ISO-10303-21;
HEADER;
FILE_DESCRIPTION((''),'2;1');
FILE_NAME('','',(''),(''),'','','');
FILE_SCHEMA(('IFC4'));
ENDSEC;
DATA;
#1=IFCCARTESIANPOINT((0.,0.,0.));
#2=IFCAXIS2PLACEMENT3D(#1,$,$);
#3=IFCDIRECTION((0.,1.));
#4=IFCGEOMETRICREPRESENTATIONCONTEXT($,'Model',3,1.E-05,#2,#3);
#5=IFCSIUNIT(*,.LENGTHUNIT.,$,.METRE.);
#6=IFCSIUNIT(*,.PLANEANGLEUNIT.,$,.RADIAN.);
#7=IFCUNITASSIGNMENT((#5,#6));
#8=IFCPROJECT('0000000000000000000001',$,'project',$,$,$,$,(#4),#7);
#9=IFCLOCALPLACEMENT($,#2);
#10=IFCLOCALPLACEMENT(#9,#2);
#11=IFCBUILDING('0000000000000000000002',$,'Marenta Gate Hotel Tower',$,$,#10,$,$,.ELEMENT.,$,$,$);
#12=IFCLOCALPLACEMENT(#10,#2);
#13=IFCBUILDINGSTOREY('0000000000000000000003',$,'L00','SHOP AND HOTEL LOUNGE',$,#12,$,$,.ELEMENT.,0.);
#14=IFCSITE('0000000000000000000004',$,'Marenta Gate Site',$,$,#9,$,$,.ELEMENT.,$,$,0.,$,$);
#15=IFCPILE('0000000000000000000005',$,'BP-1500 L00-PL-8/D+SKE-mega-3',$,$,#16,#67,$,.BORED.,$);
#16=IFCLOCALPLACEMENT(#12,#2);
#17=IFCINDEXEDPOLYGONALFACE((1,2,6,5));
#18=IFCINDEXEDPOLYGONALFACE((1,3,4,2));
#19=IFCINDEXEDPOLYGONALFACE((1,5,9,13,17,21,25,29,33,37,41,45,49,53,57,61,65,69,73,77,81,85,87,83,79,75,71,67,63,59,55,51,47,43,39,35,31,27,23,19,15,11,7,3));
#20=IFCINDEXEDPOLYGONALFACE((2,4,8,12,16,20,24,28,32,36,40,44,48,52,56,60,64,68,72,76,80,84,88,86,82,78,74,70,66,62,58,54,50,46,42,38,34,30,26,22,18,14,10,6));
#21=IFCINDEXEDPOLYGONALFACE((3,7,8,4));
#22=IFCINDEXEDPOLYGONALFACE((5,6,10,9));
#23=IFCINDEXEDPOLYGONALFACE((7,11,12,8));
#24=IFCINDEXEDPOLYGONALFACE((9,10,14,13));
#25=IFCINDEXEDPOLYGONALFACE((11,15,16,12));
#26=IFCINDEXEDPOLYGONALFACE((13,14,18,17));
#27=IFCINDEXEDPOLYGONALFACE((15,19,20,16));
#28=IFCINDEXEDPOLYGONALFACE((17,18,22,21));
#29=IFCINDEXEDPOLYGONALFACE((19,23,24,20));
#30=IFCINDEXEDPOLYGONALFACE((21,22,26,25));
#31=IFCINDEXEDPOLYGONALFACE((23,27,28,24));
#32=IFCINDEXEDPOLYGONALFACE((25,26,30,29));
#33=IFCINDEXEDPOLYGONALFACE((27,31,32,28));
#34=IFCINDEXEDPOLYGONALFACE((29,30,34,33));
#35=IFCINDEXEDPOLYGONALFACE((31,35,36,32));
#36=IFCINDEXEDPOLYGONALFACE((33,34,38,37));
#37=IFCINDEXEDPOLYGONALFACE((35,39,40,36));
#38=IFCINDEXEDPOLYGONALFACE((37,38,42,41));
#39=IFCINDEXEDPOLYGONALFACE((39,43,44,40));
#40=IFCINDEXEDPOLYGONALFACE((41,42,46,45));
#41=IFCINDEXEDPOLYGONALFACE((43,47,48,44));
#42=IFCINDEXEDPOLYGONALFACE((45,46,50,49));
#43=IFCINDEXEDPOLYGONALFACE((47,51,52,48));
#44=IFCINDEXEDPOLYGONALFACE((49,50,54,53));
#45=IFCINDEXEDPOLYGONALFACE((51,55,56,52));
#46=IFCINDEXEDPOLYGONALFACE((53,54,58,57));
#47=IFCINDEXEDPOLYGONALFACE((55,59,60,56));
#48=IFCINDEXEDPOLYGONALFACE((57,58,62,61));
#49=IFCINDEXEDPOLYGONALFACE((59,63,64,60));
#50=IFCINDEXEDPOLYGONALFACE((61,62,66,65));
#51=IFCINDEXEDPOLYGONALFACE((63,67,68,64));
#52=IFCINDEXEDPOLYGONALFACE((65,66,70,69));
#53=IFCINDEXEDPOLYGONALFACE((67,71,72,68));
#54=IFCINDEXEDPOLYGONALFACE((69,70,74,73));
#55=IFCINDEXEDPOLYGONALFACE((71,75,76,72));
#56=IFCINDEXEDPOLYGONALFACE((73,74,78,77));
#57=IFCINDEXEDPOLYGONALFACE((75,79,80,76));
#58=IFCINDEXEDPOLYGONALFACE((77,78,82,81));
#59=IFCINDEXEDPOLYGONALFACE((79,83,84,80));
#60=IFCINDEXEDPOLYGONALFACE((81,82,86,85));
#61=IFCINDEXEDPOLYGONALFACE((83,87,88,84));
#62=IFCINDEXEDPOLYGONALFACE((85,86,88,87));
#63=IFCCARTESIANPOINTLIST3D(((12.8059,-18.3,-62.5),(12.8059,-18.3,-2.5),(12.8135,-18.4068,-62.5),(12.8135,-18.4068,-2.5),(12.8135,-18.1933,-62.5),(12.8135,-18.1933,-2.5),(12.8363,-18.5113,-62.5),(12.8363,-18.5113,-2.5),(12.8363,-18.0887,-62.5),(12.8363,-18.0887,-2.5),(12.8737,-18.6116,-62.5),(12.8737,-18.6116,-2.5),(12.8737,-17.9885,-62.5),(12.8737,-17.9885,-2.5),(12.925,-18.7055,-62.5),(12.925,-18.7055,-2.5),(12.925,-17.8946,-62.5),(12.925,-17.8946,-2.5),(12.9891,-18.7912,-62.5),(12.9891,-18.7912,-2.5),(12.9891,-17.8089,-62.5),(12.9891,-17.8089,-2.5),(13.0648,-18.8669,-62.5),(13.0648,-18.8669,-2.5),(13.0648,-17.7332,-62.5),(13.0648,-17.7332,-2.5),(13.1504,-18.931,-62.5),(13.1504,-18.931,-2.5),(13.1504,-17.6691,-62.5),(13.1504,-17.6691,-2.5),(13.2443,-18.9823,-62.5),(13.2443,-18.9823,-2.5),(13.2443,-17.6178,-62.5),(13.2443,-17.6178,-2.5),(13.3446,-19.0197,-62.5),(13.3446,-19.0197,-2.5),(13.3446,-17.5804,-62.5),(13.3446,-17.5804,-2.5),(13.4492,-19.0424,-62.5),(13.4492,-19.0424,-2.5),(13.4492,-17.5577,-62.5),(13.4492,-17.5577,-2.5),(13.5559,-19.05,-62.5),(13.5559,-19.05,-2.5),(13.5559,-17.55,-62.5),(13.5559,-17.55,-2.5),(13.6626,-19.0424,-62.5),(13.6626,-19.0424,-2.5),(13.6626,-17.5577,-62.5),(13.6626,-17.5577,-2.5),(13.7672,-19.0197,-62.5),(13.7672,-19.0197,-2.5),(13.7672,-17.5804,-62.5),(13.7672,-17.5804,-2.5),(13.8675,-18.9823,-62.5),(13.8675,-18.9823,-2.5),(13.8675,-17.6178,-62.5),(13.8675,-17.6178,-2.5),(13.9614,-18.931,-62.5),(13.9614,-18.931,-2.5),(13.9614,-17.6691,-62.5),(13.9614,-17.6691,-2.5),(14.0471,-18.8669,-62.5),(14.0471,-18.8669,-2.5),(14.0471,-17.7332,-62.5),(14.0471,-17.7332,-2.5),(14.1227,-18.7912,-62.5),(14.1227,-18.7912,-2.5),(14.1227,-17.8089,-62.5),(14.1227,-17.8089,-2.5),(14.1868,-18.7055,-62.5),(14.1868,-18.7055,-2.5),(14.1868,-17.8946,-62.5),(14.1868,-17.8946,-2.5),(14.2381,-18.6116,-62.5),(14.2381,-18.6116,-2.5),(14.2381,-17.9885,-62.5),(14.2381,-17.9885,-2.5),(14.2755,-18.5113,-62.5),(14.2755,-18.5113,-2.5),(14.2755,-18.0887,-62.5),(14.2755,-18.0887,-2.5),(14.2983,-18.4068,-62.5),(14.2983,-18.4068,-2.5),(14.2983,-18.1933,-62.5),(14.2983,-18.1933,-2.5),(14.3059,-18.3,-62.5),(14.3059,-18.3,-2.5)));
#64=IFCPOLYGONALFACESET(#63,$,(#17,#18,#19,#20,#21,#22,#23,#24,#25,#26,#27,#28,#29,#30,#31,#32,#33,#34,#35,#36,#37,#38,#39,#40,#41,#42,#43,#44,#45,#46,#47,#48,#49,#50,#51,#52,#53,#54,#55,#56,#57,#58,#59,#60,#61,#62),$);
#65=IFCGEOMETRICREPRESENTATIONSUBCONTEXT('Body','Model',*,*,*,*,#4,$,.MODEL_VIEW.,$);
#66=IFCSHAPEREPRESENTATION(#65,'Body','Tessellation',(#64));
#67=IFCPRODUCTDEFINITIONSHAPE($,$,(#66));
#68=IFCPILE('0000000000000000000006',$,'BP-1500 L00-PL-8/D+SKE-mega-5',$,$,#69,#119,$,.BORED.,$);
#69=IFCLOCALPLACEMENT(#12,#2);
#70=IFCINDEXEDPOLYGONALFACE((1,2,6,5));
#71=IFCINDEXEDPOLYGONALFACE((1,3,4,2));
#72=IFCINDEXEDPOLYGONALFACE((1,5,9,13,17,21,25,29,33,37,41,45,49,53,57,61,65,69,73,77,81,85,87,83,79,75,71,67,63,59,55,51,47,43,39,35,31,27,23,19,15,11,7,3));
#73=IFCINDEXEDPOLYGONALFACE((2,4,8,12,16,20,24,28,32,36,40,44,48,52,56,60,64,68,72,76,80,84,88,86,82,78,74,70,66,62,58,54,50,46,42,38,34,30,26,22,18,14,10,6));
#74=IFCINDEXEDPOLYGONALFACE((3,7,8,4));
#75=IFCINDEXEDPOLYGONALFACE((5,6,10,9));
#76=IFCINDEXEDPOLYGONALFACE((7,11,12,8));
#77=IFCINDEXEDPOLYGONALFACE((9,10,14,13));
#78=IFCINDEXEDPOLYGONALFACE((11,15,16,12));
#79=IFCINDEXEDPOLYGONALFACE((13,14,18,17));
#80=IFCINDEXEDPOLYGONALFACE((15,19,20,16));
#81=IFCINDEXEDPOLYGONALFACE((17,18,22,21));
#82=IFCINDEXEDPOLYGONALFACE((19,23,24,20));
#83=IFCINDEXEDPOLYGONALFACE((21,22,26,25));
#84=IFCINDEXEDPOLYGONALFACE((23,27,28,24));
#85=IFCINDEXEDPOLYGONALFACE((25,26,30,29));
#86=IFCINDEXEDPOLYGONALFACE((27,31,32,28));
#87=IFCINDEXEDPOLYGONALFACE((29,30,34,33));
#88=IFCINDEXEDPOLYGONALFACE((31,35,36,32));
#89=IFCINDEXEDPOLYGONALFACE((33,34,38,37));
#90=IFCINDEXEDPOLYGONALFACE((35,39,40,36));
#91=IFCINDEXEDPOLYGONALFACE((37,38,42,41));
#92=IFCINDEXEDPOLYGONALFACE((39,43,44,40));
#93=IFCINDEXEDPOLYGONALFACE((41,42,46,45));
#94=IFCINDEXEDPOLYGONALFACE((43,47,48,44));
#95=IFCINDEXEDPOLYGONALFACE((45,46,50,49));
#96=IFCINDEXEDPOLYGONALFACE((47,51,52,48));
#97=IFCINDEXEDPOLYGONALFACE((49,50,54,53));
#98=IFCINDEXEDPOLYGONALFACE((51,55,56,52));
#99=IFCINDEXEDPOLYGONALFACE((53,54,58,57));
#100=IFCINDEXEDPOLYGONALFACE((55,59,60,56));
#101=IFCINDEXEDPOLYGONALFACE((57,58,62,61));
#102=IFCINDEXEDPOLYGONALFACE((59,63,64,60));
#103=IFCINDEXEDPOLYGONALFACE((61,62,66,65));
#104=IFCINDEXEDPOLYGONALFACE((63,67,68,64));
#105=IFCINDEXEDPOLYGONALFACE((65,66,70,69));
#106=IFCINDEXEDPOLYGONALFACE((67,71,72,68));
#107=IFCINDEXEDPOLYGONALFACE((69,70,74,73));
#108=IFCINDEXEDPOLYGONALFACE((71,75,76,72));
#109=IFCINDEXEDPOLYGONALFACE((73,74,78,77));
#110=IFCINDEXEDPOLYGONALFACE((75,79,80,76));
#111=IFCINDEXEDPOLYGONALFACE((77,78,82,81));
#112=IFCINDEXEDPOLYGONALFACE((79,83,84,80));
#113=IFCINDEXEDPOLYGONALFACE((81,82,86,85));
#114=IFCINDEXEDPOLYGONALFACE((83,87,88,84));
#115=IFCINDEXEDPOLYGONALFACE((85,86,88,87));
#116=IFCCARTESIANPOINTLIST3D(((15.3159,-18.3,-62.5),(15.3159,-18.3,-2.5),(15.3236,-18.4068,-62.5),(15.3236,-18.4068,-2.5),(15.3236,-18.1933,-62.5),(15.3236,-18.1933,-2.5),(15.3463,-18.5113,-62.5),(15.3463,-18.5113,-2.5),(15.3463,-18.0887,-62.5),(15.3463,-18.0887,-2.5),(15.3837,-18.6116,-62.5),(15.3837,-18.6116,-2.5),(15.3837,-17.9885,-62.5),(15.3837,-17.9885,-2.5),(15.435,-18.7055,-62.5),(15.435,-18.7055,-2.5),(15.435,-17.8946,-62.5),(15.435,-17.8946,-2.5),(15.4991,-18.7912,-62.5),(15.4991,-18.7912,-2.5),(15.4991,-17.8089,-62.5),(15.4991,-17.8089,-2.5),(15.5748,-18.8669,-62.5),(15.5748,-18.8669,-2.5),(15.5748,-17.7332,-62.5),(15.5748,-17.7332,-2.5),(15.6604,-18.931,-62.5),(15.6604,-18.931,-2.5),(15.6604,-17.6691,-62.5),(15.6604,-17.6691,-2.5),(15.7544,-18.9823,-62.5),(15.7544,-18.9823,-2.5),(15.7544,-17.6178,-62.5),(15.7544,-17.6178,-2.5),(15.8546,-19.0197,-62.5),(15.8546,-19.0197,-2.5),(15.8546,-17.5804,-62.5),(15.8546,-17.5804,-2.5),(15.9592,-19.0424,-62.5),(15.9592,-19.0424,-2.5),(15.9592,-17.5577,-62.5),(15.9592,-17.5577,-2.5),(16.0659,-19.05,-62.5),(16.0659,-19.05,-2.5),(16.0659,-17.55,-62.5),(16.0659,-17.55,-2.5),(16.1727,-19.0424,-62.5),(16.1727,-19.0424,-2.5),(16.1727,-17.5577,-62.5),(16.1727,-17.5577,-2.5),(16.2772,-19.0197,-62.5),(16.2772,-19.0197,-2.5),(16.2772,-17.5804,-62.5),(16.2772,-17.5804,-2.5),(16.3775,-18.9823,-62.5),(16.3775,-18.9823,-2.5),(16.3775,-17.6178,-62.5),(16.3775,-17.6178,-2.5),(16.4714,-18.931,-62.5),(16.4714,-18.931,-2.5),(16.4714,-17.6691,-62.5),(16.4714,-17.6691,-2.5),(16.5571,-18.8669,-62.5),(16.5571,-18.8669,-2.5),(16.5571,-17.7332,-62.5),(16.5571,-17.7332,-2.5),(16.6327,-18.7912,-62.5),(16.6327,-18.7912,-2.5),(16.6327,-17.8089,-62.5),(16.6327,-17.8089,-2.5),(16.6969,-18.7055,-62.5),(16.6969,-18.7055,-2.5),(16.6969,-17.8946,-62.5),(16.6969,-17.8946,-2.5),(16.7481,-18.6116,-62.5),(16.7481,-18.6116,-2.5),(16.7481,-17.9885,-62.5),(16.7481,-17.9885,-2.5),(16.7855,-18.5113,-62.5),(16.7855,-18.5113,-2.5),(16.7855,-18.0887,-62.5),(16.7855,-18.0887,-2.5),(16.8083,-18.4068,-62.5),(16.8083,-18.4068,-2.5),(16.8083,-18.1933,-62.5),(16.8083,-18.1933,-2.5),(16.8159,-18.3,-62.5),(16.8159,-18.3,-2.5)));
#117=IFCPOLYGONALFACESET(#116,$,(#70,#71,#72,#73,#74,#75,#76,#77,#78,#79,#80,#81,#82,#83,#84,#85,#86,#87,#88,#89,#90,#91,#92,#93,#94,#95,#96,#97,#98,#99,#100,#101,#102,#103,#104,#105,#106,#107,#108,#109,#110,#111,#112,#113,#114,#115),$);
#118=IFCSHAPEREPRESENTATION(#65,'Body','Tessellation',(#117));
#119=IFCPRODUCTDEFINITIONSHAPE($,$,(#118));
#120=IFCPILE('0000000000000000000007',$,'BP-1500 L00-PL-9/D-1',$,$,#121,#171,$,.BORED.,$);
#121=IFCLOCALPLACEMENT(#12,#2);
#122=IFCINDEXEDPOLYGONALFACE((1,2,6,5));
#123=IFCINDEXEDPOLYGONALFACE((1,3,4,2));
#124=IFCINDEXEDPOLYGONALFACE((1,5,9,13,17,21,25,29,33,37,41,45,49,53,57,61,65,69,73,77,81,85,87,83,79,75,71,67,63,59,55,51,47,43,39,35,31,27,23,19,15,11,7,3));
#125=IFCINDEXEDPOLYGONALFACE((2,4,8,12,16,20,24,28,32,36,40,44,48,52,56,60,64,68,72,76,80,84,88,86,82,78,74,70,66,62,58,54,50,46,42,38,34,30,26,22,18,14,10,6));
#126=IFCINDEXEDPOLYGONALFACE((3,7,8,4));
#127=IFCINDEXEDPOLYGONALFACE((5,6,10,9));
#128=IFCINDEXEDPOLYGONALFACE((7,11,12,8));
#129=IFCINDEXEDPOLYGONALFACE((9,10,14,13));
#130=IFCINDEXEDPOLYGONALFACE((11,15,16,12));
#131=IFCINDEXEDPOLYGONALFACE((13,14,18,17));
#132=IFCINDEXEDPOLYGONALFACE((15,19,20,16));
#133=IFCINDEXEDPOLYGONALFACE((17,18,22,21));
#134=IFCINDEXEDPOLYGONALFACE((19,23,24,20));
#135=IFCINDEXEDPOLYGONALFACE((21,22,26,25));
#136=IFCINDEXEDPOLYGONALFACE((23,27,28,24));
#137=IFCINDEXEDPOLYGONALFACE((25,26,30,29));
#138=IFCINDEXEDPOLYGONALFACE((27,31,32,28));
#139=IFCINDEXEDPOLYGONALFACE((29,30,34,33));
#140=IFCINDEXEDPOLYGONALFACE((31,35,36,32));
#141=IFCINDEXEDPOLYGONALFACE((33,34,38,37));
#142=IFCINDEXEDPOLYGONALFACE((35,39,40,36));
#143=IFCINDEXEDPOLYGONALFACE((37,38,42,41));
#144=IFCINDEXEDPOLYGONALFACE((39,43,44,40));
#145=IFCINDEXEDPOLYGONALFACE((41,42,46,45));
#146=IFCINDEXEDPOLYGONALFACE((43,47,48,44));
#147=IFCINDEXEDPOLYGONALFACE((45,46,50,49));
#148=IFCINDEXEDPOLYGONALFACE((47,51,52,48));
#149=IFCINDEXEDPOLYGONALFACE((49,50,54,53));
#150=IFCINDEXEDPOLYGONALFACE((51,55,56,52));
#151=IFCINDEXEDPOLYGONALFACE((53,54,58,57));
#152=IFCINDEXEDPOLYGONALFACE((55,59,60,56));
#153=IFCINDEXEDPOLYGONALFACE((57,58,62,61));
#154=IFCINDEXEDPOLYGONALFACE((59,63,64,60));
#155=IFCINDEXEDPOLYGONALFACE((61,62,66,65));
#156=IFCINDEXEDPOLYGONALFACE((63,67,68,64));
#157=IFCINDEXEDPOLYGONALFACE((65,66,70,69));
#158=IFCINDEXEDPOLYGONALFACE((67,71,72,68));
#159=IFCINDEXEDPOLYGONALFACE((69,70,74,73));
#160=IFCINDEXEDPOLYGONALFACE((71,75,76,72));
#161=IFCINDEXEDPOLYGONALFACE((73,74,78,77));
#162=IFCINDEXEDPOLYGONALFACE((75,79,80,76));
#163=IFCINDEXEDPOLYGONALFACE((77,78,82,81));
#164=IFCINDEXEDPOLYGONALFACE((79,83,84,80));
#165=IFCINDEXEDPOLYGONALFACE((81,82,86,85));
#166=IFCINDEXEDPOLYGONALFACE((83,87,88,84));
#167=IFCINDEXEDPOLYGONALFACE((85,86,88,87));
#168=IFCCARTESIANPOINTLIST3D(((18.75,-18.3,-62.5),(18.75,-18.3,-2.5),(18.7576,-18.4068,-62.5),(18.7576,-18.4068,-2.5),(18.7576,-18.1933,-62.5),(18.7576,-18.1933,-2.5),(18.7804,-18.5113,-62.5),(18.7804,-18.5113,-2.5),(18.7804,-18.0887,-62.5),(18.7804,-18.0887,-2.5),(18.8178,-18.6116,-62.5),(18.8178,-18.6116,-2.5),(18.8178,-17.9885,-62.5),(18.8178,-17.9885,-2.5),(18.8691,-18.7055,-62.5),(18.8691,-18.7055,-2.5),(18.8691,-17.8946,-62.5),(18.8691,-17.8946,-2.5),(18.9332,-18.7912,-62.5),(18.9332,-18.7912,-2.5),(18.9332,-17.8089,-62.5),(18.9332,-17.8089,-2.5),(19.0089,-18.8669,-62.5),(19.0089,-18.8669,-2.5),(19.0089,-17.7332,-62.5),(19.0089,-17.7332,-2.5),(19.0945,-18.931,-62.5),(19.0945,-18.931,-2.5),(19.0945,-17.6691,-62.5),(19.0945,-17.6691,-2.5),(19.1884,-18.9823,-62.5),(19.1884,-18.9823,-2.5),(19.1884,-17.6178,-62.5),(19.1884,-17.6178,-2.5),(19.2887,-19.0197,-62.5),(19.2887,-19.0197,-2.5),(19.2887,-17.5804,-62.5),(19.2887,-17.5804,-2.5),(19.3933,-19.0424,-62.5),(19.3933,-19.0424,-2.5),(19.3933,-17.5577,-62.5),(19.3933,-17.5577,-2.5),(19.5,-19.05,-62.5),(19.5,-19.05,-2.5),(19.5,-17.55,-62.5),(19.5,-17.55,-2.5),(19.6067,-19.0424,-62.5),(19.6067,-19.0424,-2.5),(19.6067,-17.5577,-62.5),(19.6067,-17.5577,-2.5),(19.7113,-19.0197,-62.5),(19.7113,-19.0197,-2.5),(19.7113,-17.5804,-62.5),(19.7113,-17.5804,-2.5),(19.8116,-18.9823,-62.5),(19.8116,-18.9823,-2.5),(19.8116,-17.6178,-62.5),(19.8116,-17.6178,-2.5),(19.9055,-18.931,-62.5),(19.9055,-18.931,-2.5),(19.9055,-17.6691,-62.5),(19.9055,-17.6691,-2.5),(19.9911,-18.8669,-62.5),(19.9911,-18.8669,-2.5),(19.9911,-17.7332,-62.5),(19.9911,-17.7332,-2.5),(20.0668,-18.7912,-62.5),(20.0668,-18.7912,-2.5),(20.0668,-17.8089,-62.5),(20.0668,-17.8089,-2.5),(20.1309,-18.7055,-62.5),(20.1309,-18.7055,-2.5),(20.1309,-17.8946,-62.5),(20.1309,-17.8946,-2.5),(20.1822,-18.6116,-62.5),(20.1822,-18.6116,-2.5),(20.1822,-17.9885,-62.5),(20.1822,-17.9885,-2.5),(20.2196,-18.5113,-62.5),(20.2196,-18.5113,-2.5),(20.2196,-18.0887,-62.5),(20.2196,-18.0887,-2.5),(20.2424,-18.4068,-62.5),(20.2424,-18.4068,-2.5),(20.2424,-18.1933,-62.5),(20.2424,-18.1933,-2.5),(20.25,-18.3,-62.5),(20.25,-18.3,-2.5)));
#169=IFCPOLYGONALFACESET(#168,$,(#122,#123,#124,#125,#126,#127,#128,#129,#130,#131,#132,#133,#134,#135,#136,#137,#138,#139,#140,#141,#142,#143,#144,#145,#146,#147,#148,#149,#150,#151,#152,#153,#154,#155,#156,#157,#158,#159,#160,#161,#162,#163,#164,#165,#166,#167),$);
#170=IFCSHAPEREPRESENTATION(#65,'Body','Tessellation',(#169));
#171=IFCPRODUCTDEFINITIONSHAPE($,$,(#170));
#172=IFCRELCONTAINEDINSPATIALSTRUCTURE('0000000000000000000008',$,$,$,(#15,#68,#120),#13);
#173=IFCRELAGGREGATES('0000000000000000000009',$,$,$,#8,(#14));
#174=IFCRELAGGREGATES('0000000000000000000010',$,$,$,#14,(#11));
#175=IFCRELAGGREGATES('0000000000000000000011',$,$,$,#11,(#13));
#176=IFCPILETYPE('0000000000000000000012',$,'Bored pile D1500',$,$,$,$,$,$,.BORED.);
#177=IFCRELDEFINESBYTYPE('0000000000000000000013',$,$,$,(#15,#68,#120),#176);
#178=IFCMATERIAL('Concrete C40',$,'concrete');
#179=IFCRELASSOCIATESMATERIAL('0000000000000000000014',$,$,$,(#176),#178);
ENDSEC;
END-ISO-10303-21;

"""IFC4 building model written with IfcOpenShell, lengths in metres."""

from ifc_helpers import new_model, si_unit, direction, frame, origin, origin_2d, place, context, subcontext, project, spatial, circle, extrude, material, type_object, element, save


model = new_model("IFC4")

# Units and contexts
model_context = context("Model", 3, precision=1e-05, world=origin(), true_north=direction((0.0, 1.0)))
body_context = subcontext(model_context, "Body", "Model", "MODEL_VIEW")
ifc_project = project(units=[si_unit("LENGTHUNIT", "METRE"), si_unit("PLANEANGLEUNIT", "RADIAN")], contexts=[model_context])

# Site, building, storey
site_placement = place(None, origin())
site = spatial("IfcSite", under=ifc_project, at=site_placement, Name="Marenta Gate Site", CompositionType="ELEMENT", RefElevation=0.0)
building_placement = place(site_placement, origin())
building = spatial("IfcBuilding", under=site, at=building_placement, Name="Marenta Gate Hotel Tower", CompositionType="ELEMENT")
storey_placement = place(building_placement, origin())
storey = spatial("IfcBuildingStorey", under=building, at=storey_placement, Name="L00", Description="SHOP AND HOTEL LOUNGE", CompositionType="ELEMENT", Elevation=0.0)

# Piles
ifc_material_1 = material(Name="Concrete C40", Category="concrete")
pile_type = type_object("IfcPileType", Name="Bored pile D1500", PredefinedType="BORED", material=ifc_material_1)
for number, where, z_axis, x_axis, name in (
    (1, (13.5559, -18.3, -2.5), (0.0, 0.0, -1.0), (1.0, 0.0, 0.0), "BP-1500 L00-PL-8/D+SKE-mega-3"),
    (2, (16.0659, -18.3, -2.5), (0.0, 0.0, -1.0), (1.0, 0.0, 0.0), "BP-1500 L00-PL-8/D+SKE-mega-5"),
    (3, (19.5, -18.3, -2.5), (0.0, 0.0, -1.0), (1.0, 0.0, 0.0), "BP-1500 L00-PL-9/D-1"),
):
    element("IfcPile", number, at=place(storey_placement, frame(where, z_axis=z_axis, x_axis=x_axis)), inside=storey, type_object=pile_type, Name=name, PredefinedType="BORED", context=body_context, shape_type="SweptSolid", body=[
        extrude(circle(Radius=0.75, at=origin_2d()), origin(), (0.0, 0.0, 1.0), 60.0),
    ])

save(model, "model.ifc")
